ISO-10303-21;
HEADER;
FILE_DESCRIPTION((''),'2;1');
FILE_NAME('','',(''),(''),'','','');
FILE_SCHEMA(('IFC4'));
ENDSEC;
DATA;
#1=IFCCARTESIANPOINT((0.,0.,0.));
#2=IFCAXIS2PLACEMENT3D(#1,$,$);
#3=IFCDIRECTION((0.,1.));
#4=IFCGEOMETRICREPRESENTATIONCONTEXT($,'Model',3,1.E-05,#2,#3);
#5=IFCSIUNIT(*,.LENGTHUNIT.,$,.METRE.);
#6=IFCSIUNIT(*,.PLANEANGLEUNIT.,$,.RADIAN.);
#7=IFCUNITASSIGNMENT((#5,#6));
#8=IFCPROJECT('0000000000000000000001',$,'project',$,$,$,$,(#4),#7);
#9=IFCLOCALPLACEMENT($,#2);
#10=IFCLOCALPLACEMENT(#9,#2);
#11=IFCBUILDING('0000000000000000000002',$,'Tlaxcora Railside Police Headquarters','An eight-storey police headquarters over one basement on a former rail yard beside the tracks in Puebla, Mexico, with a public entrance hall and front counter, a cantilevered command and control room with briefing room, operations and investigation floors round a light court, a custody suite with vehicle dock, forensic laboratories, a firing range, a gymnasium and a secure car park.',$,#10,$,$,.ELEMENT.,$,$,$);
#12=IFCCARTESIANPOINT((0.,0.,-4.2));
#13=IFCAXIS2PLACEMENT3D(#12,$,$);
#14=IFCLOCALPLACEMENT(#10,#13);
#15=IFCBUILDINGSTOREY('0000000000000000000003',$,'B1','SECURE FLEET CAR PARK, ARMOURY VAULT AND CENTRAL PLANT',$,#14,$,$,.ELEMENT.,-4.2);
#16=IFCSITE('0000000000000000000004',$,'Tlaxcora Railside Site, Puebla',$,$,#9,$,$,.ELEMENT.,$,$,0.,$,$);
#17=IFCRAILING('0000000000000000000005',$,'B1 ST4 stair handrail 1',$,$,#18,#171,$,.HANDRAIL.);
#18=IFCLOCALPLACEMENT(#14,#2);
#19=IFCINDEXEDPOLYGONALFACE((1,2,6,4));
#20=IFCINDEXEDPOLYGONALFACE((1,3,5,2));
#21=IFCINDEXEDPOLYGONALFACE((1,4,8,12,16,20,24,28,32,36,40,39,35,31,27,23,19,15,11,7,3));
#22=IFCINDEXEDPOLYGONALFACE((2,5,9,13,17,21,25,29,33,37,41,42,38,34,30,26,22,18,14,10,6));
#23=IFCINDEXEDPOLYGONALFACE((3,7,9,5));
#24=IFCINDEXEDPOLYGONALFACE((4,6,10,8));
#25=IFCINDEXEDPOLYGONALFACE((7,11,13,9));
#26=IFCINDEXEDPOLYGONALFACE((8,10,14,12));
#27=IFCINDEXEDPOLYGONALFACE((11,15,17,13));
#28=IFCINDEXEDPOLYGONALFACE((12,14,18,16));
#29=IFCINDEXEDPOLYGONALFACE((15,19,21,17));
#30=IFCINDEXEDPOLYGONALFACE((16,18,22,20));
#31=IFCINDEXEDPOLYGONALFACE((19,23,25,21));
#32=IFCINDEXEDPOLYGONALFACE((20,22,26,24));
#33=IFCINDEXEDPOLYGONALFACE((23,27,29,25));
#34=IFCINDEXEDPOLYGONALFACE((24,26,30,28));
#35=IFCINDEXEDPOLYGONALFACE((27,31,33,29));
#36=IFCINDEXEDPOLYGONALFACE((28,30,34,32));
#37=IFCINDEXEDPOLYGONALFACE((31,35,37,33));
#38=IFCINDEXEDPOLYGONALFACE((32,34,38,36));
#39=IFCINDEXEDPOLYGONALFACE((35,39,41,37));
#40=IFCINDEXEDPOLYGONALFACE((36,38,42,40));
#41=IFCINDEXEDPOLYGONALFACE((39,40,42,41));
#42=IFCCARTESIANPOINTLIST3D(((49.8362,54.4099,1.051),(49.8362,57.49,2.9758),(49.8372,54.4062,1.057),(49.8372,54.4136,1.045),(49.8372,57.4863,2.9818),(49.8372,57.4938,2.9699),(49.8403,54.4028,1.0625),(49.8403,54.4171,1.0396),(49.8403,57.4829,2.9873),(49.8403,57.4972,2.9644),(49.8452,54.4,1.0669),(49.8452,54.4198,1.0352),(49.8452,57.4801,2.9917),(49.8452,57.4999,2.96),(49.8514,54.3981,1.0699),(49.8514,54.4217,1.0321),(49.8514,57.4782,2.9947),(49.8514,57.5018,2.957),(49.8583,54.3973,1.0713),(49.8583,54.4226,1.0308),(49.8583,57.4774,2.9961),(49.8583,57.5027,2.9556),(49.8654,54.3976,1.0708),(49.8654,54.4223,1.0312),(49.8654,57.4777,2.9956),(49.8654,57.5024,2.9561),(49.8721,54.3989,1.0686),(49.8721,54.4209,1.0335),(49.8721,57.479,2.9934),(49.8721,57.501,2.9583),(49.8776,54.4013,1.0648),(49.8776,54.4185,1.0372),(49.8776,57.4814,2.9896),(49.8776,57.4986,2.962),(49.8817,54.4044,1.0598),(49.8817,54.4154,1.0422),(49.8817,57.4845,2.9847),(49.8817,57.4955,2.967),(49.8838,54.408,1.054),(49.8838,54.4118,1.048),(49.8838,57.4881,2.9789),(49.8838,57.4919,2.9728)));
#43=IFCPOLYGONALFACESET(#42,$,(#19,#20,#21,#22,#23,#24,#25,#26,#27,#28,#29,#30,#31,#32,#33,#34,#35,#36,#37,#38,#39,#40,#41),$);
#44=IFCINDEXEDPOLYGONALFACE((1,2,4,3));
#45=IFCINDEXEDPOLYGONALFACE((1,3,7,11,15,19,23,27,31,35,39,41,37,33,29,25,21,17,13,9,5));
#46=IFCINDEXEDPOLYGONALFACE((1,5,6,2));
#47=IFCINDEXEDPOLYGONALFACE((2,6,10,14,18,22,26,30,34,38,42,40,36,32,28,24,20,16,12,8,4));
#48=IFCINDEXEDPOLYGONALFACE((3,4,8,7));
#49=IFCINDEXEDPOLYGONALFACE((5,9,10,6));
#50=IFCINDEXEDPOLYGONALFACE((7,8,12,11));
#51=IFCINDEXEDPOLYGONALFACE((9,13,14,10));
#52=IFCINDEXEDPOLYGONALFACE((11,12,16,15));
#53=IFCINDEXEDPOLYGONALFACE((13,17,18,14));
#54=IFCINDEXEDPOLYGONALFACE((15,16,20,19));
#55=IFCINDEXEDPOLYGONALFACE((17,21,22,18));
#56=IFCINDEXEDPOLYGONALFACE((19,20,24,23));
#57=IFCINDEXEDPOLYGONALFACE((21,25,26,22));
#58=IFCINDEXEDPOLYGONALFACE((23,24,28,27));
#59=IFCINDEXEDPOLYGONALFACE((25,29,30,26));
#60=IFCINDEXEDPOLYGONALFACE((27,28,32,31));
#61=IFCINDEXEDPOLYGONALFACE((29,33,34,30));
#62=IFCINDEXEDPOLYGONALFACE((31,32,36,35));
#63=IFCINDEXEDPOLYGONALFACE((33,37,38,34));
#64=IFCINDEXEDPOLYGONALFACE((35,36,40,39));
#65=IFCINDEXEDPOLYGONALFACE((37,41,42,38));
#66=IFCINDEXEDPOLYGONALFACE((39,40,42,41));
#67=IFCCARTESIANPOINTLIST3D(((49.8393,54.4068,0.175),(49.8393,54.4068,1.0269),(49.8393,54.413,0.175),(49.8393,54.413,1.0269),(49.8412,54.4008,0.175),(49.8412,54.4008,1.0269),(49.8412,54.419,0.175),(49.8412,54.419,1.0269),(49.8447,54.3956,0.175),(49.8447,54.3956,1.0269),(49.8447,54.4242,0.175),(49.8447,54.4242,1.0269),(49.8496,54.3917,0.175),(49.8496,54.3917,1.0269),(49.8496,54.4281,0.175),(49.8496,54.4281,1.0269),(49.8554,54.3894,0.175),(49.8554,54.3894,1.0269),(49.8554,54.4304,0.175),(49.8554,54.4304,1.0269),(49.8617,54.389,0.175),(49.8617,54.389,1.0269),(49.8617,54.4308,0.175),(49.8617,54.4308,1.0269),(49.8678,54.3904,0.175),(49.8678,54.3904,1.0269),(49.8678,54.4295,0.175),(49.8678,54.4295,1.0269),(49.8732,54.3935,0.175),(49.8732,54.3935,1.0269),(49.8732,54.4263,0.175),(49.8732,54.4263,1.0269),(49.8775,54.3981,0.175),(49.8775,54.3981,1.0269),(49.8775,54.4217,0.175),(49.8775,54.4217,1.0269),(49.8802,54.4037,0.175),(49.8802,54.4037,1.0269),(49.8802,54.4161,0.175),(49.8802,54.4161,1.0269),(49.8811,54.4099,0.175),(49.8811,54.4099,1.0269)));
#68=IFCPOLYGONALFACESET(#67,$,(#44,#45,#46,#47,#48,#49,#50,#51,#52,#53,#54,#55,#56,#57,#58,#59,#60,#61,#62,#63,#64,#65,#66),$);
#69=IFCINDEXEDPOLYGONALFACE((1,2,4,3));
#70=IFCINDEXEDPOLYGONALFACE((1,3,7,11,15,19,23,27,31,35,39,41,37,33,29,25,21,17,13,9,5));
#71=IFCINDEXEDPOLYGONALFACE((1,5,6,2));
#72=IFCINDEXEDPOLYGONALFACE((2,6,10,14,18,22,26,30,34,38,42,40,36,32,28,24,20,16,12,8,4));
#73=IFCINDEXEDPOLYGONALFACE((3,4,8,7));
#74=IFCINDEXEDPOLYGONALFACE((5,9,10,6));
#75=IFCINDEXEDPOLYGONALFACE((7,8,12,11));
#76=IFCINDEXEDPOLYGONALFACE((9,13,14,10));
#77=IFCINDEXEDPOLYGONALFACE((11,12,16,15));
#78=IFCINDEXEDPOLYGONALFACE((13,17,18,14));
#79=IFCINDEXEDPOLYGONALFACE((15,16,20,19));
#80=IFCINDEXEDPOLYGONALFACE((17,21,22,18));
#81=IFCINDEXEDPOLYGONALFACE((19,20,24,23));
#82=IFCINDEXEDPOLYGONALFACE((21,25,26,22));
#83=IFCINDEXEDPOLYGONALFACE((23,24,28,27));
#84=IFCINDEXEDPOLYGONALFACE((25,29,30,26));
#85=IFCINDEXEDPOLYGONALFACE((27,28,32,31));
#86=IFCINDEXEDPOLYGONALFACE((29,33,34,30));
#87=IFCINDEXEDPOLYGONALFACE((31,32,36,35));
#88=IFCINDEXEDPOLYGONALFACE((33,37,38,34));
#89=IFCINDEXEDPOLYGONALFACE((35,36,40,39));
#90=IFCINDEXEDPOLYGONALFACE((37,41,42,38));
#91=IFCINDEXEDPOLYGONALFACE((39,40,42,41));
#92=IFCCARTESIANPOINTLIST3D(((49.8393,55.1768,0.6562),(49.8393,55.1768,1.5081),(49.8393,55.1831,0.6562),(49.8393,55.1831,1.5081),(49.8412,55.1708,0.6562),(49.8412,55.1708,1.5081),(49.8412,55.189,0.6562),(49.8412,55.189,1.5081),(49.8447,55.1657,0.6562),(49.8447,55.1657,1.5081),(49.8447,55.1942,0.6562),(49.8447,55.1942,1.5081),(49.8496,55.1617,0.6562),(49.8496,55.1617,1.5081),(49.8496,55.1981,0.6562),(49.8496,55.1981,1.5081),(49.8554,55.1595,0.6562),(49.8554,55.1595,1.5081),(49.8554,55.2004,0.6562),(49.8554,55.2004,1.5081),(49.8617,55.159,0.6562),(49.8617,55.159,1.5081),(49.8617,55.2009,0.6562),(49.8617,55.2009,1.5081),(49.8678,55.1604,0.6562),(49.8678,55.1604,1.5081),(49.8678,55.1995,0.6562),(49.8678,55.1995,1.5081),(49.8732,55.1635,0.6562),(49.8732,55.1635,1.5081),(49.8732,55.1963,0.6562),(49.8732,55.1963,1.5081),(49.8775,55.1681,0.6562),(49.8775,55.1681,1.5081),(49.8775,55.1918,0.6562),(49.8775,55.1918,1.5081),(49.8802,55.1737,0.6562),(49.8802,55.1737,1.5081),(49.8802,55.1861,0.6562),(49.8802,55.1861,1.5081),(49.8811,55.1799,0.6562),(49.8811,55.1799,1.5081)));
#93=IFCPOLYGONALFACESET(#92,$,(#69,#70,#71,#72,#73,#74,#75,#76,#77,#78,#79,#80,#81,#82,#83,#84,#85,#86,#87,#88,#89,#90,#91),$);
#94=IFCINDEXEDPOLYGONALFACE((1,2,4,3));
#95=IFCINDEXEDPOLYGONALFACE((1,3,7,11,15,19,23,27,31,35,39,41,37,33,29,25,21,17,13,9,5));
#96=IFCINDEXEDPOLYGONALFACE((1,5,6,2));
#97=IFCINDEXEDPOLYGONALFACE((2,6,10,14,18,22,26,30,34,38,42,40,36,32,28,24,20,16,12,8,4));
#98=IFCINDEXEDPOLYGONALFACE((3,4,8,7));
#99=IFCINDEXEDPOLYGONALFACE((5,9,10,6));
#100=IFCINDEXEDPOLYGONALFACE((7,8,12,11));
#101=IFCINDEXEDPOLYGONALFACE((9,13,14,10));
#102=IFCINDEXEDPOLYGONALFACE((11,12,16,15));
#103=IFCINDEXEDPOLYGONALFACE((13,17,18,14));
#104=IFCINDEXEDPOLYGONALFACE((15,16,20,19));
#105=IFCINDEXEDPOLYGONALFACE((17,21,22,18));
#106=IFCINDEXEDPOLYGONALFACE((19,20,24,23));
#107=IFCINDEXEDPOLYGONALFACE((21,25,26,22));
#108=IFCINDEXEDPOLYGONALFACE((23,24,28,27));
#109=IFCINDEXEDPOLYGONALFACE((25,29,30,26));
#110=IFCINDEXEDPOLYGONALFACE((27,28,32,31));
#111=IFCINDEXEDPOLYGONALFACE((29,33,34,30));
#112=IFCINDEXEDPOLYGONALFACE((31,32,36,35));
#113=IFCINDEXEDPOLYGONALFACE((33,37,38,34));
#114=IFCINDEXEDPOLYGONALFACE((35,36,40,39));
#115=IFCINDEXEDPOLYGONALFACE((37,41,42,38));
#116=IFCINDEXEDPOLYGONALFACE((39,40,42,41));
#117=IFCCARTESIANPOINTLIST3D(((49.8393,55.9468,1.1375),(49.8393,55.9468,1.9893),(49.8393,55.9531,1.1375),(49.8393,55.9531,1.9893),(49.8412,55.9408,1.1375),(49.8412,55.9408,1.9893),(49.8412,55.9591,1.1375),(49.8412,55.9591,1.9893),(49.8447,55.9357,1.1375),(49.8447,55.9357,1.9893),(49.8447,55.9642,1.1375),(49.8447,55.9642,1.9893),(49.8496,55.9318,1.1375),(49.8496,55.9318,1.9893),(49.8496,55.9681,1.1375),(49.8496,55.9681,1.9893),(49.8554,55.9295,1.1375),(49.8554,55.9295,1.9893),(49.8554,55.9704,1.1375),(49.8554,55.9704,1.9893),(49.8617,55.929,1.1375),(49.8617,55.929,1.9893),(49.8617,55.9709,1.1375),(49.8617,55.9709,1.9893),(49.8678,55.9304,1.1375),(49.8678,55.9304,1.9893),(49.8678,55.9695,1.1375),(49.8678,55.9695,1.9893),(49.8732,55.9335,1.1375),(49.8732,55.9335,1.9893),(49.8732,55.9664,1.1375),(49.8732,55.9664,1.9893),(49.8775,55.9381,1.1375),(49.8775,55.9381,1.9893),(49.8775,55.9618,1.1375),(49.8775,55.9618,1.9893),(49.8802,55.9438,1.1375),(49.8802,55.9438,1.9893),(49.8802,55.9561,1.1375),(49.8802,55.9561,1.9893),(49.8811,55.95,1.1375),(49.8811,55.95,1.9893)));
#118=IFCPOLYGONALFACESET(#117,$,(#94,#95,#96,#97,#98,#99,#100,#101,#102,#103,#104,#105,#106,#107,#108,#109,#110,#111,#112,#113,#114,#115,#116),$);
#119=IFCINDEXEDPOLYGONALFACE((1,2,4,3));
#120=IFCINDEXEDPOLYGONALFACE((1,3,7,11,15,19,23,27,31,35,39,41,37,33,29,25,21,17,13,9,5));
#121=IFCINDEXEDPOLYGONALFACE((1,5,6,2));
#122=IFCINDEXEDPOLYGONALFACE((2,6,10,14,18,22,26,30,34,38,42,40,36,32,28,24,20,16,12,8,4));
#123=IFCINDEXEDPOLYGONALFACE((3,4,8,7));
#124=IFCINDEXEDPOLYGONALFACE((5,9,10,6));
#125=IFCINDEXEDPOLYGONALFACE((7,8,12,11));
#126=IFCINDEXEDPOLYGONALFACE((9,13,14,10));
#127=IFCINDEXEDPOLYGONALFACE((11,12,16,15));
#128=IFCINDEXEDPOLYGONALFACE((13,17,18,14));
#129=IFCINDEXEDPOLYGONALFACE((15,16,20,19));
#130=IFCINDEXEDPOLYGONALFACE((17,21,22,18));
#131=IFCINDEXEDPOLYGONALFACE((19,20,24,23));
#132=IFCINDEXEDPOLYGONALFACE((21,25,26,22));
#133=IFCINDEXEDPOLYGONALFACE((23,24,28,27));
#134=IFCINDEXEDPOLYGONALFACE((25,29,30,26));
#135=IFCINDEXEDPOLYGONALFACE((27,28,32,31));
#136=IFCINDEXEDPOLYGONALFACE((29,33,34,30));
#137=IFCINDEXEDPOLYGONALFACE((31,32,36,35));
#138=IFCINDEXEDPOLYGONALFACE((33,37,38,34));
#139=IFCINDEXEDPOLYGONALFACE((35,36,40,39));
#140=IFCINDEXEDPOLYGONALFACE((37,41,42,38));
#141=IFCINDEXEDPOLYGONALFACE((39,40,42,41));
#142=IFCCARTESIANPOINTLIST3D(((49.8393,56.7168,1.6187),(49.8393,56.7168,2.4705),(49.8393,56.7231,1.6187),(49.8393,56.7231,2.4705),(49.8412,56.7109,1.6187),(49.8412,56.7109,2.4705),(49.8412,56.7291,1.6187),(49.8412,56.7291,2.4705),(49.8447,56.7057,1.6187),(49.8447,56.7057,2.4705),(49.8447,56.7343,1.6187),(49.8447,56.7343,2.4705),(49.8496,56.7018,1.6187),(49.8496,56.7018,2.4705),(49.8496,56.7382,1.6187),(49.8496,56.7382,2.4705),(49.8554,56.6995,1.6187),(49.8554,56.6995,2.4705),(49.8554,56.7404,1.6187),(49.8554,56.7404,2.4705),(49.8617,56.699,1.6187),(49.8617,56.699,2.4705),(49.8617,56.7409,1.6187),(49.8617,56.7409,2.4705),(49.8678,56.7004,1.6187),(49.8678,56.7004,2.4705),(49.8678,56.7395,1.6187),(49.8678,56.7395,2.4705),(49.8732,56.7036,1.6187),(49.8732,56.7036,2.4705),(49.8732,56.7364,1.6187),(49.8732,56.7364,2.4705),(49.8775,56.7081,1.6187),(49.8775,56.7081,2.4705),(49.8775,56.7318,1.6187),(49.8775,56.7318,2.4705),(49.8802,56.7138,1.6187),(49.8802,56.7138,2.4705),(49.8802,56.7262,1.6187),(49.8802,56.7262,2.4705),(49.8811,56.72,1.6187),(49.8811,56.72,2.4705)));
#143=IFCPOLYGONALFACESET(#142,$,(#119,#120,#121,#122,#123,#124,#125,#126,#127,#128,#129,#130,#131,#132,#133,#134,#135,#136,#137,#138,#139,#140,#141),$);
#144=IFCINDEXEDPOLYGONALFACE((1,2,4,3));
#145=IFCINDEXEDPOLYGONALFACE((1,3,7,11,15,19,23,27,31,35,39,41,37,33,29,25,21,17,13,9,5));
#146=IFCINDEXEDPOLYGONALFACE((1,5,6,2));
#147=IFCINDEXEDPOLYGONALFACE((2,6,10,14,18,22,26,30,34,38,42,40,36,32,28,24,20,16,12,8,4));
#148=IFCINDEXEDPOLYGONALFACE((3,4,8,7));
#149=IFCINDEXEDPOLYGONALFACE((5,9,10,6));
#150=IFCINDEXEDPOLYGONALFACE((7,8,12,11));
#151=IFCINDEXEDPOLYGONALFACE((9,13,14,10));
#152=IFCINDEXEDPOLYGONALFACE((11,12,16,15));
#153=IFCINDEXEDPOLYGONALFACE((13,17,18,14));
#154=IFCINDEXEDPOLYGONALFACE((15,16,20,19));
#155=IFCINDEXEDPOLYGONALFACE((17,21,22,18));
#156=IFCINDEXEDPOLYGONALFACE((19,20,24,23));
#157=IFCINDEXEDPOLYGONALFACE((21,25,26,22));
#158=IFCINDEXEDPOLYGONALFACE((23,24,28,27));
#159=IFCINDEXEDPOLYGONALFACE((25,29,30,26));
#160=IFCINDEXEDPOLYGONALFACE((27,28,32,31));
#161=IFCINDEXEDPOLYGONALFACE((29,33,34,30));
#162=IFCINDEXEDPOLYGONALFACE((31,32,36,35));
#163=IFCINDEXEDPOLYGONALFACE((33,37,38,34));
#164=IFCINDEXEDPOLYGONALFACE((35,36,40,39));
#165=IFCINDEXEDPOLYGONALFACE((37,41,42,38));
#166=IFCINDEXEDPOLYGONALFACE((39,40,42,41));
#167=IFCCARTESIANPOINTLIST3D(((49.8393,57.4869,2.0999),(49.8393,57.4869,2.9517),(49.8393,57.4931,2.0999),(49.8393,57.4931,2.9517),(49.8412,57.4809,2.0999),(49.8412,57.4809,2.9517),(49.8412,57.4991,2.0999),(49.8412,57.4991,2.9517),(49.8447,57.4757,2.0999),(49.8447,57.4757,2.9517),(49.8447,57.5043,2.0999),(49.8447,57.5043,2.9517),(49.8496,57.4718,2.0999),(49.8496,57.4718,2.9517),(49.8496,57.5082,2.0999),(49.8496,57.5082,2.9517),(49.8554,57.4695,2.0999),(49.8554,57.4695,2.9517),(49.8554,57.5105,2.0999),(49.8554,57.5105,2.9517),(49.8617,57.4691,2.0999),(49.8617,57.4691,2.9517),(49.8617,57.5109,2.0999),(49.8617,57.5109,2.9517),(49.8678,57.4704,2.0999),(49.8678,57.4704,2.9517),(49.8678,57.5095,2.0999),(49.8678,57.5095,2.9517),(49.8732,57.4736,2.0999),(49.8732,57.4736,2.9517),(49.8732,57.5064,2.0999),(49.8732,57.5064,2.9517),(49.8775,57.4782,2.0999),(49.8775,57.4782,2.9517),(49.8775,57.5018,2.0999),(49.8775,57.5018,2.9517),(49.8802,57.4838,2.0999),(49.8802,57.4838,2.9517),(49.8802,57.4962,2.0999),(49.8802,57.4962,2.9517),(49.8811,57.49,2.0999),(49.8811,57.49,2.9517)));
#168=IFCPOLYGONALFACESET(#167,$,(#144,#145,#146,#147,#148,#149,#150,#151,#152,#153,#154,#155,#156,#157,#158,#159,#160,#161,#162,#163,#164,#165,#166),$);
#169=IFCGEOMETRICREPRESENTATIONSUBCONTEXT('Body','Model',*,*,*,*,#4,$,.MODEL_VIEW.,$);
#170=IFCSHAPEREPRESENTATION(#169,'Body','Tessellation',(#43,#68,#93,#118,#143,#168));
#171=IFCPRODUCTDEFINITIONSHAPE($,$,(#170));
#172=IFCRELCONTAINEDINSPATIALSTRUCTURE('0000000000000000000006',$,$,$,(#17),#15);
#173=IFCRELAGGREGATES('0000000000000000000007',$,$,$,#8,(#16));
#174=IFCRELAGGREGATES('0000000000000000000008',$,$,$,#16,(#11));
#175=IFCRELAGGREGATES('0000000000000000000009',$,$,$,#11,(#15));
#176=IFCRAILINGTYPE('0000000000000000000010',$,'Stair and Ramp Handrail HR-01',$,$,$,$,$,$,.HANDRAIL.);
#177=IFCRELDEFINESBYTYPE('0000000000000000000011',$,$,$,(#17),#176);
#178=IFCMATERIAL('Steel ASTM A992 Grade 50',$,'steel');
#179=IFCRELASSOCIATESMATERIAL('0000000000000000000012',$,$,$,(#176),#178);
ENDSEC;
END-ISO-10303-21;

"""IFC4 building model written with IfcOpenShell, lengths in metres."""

from ifc_helpers import new_model, si_unit, direction, frame, origin, origin_2d, place, context, subcontext, project, spatial, circle, extrude, material, type_object, element, save


model = new_model("IFC4")

# Units and contexts
model_context = context("Model", 3, precision=1e-05, world=origin(), true_north=direction((0.0, 1.0)))
body_context = subcontext(model_context, "Body", "Model", "MODEL_VIEW")
ifc_project = project(units=[si_unit("LENGTHUNIT", "METRE"), si_unit("PLANEANGLEUNIT", "RADIAN")], contexts=[model_context])

# Site, building, storey
site_placement = place(None, origin())
site = spatial("IfcSite", under=ifc_project, at=site_placement, Name="Tlaxcora Railside Site, Puebla", CompositionType="ELEMENT", RefElevation=0.0)
building_placement = place(site_placement, origin())
building = spatial("IfcBuilding", under=site, at=building_placement, Name="Tlaxcora Railside Police Headquarters", Description="An eight-storey police headquarters over one basement on a former rail yard beside the tracks in Puebla, Mexico, with a public entrance hall and front counter, a cantilevered command and control room with briefing room, operations and investigation floors round a light court, a custody suite with vehicle dock, forensic laboratories, a firing range, a gymnasium and a secure car park.", CompositionType="ELEMENT")
storey_placement = place(building_placement, frame((0.0, 0.0, -4.2)))
storey = spatial("IfcBuildingStorey", under=building, at=storey_placement, Name="B1", Description="SECURE FLEET CAR PARK, ARMOURY VAULT AND CENTRAL PLANT", CompositionType="ELEMENT", Elevation=-4.2)

# Shared definitions
ifc_material_1 = material(Name="Steel ASTM A992 Grade 50", Category="steel")

# Railing
railing_type_1 = type_object("IfcRailingType", Name="Stair and Ramp Handrail HR-01", PredefinedType="HANDRAIL", material=ifc_material_1)
railing_1_placement = place(storey_placement, frame((49.8601, 54.4099, 0.175)))
element("IfcRailing", 1, at=railing_1_placement, inside=storey, type_object=railing_type_1, Name="B1 ST4 stair handrail 1", PredefinedType="HANDRAIL", context=body_context, shape_type="SweptSolid", body=[
    extrude(circle(Radius=0.0239, at=origin_2d()), frame((0.0, 0.0, 0.876), z_axis=(0.0, 0.848029, 0.529951), x_axis=(-1.0, 0.0, 0.0)), (0.0, 0.0, 1.0), 3.6321),
    extrude(circle(Radius=0.021, at=origin_2d()), origin(), (0.0, 0.0, 1.0), 0.8518),
    extrude(circle(Radius=0.021, at=origin_2d()), frame((0.0, 0.77, 0.4812)), (0.0, 0.0, 1.0), 0.8518),
    extrude(circle(Radius=0.021, at=origin_2d()), frame((0.0, 1.54, 0.9624)), (0.0, 0.0, 1.0), 0.8518),
    extrude(circle(Radius=0.021, at=origin_2d()), frame((0.0, 2.3101, 1.4436)), (0.0, 0.0, 1.0), 0.8518),
    extrude(circle(Radius=0.021, at=origin_2d()), frame((0.0, 3.0801, 1.9248)), (0.0, 0.0, 1.0), 0.8518),
])

save(model, "model.ifc")
